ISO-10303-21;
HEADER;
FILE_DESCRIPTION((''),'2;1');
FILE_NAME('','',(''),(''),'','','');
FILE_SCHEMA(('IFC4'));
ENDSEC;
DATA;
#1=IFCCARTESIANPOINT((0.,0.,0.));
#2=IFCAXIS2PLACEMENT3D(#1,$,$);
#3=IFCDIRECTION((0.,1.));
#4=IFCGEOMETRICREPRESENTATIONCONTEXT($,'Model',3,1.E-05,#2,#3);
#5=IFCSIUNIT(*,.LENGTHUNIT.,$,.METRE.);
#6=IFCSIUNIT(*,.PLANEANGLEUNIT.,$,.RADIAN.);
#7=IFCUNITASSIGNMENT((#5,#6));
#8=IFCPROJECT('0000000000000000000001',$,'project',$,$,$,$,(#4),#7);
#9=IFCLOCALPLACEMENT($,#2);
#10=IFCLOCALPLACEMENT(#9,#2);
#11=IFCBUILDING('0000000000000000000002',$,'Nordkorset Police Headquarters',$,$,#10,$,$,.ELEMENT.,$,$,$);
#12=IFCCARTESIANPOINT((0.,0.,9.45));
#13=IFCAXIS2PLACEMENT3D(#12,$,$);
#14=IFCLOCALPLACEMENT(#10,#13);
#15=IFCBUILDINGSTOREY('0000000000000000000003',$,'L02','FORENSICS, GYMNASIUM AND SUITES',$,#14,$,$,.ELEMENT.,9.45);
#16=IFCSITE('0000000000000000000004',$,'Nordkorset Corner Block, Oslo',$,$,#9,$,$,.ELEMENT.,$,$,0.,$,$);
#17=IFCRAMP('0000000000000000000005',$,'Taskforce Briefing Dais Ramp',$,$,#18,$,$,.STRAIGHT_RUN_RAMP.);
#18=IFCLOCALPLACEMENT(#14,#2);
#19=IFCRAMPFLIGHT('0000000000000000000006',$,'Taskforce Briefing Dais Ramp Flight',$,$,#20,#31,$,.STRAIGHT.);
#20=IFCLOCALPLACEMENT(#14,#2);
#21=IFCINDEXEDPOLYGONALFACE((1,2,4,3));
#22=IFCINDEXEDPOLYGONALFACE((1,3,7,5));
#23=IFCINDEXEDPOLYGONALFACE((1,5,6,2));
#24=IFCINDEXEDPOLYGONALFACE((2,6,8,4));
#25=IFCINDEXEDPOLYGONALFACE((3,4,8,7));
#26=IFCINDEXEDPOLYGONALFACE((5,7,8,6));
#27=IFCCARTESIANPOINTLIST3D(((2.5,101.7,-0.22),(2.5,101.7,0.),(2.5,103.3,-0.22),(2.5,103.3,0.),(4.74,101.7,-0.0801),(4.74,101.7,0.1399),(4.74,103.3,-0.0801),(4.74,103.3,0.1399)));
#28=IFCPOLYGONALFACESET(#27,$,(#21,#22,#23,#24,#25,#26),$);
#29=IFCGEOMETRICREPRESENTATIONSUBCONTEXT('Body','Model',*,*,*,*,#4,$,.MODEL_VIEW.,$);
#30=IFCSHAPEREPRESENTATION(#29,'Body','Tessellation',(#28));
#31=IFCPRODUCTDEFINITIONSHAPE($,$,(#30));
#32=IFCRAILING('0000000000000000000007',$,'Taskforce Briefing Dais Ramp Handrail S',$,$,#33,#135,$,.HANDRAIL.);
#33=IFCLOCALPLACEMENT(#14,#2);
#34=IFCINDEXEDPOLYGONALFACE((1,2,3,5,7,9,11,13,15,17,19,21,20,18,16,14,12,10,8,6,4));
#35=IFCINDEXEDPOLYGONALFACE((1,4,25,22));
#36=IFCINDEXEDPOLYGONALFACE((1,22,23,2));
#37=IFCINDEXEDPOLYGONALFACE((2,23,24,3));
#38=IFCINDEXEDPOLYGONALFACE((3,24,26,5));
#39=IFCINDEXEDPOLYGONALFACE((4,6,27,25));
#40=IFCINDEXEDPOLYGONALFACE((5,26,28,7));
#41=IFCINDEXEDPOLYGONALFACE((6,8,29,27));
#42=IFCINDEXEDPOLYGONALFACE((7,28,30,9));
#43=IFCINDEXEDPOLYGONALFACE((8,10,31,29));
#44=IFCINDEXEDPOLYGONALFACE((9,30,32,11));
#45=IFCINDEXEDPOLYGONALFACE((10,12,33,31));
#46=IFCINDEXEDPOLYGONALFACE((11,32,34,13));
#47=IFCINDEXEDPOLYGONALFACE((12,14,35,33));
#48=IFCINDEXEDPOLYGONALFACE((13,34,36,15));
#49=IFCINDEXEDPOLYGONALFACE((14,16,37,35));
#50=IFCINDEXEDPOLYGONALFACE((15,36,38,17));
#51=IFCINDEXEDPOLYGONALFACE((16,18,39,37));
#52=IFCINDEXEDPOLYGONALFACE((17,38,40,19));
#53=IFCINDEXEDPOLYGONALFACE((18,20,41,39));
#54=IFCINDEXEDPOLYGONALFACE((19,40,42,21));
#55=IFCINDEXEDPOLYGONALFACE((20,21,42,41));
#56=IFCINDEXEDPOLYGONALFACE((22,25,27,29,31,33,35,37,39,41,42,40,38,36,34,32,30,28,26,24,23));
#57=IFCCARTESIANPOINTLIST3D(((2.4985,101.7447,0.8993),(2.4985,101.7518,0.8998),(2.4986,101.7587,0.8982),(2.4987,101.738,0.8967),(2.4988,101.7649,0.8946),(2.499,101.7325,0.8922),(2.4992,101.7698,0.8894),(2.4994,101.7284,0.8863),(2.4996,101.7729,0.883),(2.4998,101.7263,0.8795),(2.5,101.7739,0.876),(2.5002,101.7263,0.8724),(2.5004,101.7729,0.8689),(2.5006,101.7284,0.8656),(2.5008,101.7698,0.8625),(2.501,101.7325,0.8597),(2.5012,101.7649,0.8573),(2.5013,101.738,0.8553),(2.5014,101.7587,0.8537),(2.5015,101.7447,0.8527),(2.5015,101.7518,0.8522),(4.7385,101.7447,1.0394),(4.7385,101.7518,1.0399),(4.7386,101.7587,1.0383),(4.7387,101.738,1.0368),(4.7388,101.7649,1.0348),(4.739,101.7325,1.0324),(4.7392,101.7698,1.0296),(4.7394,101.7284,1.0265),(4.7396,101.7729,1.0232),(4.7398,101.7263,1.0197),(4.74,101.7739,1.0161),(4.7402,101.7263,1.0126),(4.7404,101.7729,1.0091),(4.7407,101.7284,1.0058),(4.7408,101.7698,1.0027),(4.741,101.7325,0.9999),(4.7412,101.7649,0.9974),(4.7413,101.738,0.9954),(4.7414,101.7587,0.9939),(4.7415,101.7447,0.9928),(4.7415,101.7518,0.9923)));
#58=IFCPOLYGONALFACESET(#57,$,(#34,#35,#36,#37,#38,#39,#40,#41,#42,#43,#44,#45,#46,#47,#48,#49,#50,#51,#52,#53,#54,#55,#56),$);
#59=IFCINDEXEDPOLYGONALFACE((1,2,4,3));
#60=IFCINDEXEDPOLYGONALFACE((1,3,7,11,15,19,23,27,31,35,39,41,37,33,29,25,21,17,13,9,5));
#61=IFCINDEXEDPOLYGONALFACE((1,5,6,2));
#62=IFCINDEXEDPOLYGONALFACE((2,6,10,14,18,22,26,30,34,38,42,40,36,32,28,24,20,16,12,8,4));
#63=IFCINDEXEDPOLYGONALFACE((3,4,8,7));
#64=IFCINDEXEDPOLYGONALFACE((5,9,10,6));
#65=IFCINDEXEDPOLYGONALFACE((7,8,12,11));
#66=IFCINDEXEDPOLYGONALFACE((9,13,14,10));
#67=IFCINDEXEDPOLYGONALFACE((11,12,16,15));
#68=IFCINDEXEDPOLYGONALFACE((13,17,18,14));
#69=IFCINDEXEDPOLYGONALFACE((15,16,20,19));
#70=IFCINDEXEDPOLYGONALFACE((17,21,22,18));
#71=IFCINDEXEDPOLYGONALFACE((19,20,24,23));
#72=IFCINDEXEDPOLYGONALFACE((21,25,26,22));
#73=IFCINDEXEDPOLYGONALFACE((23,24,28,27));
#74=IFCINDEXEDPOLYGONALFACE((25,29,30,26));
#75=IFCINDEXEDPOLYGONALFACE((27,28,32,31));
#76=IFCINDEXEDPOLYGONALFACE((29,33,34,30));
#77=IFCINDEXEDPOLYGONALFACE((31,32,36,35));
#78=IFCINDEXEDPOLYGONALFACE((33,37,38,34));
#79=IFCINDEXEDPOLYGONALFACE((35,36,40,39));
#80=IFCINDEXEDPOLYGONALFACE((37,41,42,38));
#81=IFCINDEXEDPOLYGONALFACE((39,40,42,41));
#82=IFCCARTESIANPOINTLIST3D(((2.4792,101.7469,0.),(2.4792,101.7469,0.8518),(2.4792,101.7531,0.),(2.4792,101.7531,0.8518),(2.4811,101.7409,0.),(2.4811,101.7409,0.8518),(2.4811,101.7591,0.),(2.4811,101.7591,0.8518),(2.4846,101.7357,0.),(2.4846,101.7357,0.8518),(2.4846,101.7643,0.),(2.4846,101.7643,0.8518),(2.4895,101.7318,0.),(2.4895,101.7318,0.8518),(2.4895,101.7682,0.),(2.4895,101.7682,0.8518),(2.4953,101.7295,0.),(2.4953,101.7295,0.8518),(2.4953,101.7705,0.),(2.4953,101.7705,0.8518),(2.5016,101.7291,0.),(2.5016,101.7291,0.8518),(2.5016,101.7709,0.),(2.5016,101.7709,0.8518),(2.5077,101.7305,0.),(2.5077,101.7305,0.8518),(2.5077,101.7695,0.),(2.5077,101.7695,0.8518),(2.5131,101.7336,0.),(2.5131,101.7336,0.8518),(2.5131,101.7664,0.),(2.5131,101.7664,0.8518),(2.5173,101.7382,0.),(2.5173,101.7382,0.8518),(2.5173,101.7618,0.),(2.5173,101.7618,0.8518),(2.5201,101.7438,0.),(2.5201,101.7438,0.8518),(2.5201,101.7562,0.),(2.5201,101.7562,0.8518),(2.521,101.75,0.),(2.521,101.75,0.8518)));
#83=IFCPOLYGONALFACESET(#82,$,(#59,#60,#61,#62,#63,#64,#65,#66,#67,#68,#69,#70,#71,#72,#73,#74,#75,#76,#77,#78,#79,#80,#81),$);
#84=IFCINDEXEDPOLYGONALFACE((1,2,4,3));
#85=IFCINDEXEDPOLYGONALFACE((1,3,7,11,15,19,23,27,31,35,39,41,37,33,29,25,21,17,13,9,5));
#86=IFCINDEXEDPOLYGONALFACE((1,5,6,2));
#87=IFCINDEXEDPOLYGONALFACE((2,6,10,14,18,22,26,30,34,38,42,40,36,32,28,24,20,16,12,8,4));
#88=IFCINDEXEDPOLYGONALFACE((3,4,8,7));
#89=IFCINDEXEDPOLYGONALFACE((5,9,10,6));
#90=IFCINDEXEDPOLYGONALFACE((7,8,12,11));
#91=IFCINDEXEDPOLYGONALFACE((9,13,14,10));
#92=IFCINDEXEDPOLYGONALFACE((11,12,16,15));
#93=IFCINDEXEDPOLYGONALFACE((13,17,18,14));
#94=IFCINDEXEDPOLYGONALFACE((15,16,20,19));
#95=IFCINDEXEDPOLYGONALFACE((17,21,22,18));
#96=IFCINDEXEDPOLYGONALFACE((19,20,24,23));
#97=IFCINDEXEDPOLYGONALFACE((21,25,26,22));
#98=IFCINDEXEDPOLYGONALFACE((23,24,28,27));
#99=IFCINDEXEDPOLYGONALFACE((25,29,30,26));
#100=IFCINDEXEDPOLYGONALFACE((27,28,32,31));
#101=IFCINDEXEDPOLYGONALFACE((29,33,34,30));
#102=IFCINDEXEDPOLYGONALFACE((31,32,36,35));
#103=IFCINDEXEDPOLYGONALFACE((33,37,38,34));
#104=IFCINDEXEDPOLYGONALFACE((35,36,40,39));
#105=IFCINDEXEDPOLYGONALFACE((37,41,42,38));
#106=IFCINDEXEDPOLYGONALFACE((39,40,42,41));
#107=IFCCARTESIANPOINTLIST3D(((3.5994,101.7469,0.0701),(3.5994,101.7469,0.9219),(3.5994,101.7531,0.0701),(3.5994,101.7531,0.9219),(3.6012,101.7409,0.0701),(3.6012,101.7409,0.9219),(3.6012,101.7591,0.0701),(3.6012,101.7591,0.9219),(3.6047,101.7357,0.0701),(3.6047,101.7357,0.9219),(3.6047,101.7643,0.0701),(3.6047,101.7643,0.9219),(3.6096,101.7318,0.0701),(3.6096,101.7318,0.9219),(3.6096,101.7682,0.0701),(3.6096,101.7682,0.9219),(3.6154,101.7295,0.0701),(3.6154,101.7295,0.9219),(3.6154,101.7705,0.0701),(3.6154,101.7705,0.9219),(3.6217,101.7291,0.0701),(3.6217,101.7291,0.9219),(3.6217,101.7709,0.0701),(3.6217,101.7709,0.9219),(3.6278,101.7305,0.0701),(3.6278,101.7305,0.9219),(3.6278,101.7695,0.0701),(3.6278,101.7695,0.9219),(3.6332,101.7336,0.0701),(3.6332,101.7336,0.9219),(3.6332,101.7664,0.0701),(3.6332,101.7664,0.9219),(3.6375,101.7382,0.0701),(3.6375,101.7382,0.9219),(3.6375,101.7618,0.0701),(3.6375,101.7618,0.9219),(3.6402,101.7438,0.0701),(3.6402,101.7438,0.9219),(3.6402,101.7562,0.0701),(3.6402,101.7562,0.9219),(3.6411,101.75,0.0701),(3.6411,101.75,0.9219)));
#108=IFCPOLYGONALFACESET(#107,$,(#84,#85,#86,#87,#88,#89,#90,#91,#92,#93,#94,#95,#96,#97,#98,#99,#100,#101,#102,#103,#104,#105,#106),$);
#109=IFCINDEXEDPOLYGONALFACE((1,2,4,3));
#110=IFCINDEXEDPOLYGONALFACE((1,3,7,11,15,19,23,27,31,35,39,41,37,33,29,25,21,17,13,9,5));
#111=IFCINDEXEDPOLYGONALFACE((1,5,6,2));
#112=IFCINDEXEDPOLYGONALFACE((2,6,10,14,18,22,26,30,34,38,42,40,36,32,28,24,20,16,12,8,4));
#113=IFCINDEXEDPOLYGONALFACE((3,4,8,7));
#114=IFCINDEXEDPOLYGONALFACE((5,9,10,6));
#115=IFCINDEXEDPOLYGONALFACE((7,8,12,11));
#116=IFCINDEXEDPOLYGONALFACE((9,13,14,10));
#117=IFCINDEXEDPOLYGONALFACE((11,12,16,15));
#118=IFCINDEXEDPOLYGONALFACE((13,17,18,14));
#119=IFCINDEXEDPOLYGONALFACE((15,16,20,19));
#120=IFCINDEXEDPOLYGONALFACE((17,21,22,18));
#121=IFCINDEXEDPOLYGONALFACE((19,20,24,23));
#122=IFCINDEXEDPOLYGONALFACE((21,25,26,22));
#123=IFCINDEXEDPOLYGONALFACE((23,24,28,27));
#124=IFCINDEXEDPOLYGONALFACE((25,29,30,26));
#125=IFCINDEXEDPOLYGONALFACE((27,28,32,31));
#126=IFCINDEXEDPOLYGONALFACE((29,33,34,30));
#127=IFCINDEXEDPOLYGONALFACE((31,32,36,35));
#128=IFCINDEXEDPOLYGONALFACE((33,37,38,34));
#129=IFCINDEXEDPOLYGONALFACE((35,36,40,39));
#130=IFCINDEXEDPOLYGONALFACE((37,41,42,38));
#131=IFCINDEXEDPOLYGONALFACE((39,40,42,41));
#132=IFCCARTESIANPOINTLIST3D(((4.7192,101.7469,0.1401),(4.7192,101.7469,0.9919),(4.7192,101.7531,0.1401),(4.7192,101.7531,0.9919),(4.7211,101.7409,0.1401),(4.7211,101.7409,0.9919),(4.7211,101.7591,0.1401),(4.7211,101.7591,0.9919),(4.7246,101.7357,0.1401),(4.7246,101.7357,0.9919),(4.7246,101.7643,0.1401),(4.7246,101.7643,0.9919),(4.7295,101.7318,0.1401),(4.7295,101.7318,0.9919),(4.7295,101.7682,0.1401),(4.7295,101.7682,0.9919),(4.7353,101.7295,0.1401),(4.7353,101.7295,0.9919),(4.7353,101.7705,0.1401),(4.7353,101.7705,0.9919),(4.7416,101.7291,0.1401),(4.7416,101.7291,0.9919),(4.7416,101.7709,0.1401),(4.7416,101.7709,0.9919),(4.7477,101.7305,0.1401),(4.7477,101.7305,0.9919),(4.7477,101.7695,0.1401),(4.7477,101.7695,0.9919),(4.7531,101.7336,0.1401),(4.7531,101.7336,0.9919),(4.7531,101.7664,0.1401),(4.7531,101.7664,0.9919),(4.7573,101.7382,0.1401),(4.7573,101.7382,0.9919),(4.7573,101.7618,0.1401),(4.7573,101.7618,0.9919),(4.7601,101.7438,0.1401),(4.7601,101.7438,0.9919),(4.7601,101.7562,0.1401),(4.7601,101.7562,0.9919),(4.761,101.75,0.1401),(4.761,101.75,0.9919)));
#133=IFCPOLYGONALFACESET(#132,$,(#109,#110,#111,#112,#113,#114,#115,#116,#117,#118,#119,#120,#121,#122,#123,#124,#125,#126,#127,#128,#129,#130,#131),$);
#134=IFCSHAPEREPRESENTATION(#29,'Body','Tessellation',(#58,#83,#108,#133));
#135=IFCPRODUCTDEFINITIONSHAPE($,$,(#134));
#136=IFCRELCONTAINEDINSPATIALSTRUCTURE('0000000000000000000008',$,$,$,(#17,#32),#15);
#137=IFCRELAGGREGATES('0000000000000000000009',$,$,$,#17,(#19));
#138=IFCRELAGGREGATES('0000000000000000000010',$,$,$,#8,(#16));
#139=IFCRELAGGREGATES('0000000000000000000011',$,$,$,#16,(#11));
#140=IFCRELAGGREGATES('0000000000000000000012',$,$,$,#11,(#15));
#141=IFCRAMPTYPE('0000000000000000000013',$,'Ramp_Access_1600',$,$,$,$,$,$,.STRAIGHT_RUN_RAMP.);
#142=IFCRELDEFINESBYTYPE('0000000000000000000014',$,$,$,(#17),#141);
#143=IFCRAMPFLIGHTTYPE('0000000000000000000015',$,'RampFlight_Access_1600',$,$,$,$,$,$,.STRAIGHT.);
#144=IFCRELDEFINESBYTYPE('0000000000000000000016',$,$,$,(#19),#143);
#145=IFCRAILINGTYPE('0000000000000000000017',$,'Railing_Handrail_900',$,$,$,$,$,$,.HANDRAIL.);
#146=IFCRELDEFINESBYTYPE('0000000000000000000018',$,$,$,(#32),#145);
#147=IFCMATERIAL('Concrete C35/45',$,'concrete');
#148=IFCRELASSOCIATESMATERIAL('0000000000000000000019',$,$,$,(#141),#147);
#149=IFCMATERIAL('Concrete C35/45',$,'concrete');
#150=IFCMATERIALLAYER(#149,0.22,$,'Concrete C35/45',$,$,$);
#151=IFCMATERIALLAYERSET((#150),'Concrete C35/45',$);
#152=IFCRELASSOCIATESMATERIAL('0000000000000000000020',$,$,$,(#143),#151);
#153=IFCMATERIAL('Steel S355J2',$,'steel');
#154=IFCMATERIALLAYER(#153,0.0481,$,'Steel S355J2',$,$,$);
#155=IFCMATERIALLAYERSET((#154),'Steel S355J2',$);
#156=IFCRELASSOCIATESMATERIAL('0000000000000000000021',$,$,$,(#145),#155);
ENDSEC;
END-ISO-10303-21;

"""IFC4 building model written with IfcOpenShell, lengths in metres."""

from ifc_helpers import new_model, si_unit, direction, frame, origin, origin_2d, place, context, subcontext, project, spatial, polyline, circle, outline, extrude, material, layer, layer_set, type_object, element, aggregate, save


model = new_model("IFC4")

# Units and contexts
model_context = context("Model", 3, precision=1e-05, world=origin(), true_north=direction((0.0, 1.0)))
body_context = subcontext(model_context, "Body", "Model", "MODEL_VIEW")
ifc_project = project(units=[si_unit("LENGTHUNIT", "METRE"), si_unit("PLANEANGLEUNIT", "RADIAN")], contexts=[model_context])

# Site, building, storey
site_placement = place(None, origin())
site = spatial("IfcSite", under=ifc_project, at=site_placement, Name="Nordkorset Corner Block, Oslo", CompositionType="ELEMENT", RefElevation=0.0)
building_placement = place(site_placement, origin())
building = spatial("IfcBuilding", under=site, at=building_placement, Name="Nordkorset Police Headquarters", CompositionType="ELEMENT")
storey_placement = place(building_placement, frame((0.0, 0.0, 9.45)))
storey = spatial("IfcBuildingStorey", under=building, at=storey_placement, Name="L02", Description="FORENSICS, GYMNASIUM AND SUITES", CompositionType="ELEMENT", Elevation=9.45)

# Ramp, ramp flight
ifc_material_1 = material(Name="Concrete C35/45", Category="concrete")
ramp_type = type_object("IfcRampType", Name="Ramp_Access_1600", PredefinedType="STRAIGHT_RUN_RAMP", material=ifc_material_1)
ramp_placement = place(storey_placement, origin())
ramp = element("IfcRamp", 1, at=ramp_placement, inside=storey, type_object=ramp_type, Name="Taskforce Briefing Dais Ramp", PredefinedType="STRAIGHT_RUN_RAMP")
ifc_material_2 = material(Name="Concrete C35/45", Category="concrete")
ifc_layer_1 = layer(ifc_material_2, 0.22, Name="Concrete C35/45")
ifc_layer_set_1 = layer_set([ifc_layer_1], Name="Concrete C35/45")
ramp_flight_type = type_object("IfcRampFlightType", Name="RampFlight_Access_1600", PredefinedType="STRAIGHT", material=ifc_layer_set_1)
ramp_flight_placement = place(storey_placement, frame((2.5, 102.5, 0.0), z_axis=(0.0, 0.0, 1.0), x_axis=(1.0, 0.0, 0.0)))
ramp_flight = element("IfcRampFlight", 2, at=ramp_flight_placement, type_object=ramp_flight_type, Name="Taskforce Briefing Dais Ramp Flight", PredefinedType="STRAIGHT", context=body_context, shape_type="SweptSolid", body=[
    extrude(outline(polyline([(0.0, 0.0), (2.24, 0.1399), (2.24, -0.0801), (0.0, -0.22), (0.0, 0.0)])), frame((0.0, 0.8, 0.0), z_axis=(0.0, -1.0, 0.0), x_axis=(1.0, 0.0, 0.0)), (0.0, 0.0, 1.0), 1.6001),
])
aggregate(ramp, [ramp_flight])

# Railing
ifc_material_3 = material(Name="Steel S355J2", Category="steel")
ifc_layer_2 = layer(ifc_material_3, 0.0481, Name="Steel S355J2")
ifc_layer_set_2 = layer_set([ifc_layer_2], Name="Steel S355J2")
railing_type = type_object("IfcRailingType", Name="Railing_Handrail_900", PredefinedType="HANDRAIL", material=ifc_layer_set_2)
for number, where, name in (
    (3, (2.5, 101.75, 0.0), "Taskforce Briefing Dais Ramp Handrail S"),
):
    element("IfcRailing", number, at=place(storey_placement, frame(where)), inside=storey, type_object=railing_type, Name=name, PredefinedType="HANDRAIL", context=body_context, shape_type="SweptSolid", body=[
        extrude(circle(Radius=0.0239, at=origin_2d()), frame((0.0, 0.0, 0.876), z_axis=(0.998049, 0.0, 0.062439), x_axis=(0.0, 1.0, 0.0)), (0.0, 0.0, 1.0), 2.2444),
        extrude(circle(Radius=0.021, at=origin_2d()), origin(), (0.0, 0.0, 1.0), 0.8518),
        extrude(circle(Radius=0.021, at=origin_2d()), frame((1.1201, 0.0, 0.0701)), (0.0, 0.0, 1.0), 0.8518),
        extrude(circle(Radius=0.021, at=origin_2d()), frame((2.24, 0.0, 0.1401)), (0.0, 0.0, 1.0), 0.8518),
    ])

save(model, "model.ifc")
